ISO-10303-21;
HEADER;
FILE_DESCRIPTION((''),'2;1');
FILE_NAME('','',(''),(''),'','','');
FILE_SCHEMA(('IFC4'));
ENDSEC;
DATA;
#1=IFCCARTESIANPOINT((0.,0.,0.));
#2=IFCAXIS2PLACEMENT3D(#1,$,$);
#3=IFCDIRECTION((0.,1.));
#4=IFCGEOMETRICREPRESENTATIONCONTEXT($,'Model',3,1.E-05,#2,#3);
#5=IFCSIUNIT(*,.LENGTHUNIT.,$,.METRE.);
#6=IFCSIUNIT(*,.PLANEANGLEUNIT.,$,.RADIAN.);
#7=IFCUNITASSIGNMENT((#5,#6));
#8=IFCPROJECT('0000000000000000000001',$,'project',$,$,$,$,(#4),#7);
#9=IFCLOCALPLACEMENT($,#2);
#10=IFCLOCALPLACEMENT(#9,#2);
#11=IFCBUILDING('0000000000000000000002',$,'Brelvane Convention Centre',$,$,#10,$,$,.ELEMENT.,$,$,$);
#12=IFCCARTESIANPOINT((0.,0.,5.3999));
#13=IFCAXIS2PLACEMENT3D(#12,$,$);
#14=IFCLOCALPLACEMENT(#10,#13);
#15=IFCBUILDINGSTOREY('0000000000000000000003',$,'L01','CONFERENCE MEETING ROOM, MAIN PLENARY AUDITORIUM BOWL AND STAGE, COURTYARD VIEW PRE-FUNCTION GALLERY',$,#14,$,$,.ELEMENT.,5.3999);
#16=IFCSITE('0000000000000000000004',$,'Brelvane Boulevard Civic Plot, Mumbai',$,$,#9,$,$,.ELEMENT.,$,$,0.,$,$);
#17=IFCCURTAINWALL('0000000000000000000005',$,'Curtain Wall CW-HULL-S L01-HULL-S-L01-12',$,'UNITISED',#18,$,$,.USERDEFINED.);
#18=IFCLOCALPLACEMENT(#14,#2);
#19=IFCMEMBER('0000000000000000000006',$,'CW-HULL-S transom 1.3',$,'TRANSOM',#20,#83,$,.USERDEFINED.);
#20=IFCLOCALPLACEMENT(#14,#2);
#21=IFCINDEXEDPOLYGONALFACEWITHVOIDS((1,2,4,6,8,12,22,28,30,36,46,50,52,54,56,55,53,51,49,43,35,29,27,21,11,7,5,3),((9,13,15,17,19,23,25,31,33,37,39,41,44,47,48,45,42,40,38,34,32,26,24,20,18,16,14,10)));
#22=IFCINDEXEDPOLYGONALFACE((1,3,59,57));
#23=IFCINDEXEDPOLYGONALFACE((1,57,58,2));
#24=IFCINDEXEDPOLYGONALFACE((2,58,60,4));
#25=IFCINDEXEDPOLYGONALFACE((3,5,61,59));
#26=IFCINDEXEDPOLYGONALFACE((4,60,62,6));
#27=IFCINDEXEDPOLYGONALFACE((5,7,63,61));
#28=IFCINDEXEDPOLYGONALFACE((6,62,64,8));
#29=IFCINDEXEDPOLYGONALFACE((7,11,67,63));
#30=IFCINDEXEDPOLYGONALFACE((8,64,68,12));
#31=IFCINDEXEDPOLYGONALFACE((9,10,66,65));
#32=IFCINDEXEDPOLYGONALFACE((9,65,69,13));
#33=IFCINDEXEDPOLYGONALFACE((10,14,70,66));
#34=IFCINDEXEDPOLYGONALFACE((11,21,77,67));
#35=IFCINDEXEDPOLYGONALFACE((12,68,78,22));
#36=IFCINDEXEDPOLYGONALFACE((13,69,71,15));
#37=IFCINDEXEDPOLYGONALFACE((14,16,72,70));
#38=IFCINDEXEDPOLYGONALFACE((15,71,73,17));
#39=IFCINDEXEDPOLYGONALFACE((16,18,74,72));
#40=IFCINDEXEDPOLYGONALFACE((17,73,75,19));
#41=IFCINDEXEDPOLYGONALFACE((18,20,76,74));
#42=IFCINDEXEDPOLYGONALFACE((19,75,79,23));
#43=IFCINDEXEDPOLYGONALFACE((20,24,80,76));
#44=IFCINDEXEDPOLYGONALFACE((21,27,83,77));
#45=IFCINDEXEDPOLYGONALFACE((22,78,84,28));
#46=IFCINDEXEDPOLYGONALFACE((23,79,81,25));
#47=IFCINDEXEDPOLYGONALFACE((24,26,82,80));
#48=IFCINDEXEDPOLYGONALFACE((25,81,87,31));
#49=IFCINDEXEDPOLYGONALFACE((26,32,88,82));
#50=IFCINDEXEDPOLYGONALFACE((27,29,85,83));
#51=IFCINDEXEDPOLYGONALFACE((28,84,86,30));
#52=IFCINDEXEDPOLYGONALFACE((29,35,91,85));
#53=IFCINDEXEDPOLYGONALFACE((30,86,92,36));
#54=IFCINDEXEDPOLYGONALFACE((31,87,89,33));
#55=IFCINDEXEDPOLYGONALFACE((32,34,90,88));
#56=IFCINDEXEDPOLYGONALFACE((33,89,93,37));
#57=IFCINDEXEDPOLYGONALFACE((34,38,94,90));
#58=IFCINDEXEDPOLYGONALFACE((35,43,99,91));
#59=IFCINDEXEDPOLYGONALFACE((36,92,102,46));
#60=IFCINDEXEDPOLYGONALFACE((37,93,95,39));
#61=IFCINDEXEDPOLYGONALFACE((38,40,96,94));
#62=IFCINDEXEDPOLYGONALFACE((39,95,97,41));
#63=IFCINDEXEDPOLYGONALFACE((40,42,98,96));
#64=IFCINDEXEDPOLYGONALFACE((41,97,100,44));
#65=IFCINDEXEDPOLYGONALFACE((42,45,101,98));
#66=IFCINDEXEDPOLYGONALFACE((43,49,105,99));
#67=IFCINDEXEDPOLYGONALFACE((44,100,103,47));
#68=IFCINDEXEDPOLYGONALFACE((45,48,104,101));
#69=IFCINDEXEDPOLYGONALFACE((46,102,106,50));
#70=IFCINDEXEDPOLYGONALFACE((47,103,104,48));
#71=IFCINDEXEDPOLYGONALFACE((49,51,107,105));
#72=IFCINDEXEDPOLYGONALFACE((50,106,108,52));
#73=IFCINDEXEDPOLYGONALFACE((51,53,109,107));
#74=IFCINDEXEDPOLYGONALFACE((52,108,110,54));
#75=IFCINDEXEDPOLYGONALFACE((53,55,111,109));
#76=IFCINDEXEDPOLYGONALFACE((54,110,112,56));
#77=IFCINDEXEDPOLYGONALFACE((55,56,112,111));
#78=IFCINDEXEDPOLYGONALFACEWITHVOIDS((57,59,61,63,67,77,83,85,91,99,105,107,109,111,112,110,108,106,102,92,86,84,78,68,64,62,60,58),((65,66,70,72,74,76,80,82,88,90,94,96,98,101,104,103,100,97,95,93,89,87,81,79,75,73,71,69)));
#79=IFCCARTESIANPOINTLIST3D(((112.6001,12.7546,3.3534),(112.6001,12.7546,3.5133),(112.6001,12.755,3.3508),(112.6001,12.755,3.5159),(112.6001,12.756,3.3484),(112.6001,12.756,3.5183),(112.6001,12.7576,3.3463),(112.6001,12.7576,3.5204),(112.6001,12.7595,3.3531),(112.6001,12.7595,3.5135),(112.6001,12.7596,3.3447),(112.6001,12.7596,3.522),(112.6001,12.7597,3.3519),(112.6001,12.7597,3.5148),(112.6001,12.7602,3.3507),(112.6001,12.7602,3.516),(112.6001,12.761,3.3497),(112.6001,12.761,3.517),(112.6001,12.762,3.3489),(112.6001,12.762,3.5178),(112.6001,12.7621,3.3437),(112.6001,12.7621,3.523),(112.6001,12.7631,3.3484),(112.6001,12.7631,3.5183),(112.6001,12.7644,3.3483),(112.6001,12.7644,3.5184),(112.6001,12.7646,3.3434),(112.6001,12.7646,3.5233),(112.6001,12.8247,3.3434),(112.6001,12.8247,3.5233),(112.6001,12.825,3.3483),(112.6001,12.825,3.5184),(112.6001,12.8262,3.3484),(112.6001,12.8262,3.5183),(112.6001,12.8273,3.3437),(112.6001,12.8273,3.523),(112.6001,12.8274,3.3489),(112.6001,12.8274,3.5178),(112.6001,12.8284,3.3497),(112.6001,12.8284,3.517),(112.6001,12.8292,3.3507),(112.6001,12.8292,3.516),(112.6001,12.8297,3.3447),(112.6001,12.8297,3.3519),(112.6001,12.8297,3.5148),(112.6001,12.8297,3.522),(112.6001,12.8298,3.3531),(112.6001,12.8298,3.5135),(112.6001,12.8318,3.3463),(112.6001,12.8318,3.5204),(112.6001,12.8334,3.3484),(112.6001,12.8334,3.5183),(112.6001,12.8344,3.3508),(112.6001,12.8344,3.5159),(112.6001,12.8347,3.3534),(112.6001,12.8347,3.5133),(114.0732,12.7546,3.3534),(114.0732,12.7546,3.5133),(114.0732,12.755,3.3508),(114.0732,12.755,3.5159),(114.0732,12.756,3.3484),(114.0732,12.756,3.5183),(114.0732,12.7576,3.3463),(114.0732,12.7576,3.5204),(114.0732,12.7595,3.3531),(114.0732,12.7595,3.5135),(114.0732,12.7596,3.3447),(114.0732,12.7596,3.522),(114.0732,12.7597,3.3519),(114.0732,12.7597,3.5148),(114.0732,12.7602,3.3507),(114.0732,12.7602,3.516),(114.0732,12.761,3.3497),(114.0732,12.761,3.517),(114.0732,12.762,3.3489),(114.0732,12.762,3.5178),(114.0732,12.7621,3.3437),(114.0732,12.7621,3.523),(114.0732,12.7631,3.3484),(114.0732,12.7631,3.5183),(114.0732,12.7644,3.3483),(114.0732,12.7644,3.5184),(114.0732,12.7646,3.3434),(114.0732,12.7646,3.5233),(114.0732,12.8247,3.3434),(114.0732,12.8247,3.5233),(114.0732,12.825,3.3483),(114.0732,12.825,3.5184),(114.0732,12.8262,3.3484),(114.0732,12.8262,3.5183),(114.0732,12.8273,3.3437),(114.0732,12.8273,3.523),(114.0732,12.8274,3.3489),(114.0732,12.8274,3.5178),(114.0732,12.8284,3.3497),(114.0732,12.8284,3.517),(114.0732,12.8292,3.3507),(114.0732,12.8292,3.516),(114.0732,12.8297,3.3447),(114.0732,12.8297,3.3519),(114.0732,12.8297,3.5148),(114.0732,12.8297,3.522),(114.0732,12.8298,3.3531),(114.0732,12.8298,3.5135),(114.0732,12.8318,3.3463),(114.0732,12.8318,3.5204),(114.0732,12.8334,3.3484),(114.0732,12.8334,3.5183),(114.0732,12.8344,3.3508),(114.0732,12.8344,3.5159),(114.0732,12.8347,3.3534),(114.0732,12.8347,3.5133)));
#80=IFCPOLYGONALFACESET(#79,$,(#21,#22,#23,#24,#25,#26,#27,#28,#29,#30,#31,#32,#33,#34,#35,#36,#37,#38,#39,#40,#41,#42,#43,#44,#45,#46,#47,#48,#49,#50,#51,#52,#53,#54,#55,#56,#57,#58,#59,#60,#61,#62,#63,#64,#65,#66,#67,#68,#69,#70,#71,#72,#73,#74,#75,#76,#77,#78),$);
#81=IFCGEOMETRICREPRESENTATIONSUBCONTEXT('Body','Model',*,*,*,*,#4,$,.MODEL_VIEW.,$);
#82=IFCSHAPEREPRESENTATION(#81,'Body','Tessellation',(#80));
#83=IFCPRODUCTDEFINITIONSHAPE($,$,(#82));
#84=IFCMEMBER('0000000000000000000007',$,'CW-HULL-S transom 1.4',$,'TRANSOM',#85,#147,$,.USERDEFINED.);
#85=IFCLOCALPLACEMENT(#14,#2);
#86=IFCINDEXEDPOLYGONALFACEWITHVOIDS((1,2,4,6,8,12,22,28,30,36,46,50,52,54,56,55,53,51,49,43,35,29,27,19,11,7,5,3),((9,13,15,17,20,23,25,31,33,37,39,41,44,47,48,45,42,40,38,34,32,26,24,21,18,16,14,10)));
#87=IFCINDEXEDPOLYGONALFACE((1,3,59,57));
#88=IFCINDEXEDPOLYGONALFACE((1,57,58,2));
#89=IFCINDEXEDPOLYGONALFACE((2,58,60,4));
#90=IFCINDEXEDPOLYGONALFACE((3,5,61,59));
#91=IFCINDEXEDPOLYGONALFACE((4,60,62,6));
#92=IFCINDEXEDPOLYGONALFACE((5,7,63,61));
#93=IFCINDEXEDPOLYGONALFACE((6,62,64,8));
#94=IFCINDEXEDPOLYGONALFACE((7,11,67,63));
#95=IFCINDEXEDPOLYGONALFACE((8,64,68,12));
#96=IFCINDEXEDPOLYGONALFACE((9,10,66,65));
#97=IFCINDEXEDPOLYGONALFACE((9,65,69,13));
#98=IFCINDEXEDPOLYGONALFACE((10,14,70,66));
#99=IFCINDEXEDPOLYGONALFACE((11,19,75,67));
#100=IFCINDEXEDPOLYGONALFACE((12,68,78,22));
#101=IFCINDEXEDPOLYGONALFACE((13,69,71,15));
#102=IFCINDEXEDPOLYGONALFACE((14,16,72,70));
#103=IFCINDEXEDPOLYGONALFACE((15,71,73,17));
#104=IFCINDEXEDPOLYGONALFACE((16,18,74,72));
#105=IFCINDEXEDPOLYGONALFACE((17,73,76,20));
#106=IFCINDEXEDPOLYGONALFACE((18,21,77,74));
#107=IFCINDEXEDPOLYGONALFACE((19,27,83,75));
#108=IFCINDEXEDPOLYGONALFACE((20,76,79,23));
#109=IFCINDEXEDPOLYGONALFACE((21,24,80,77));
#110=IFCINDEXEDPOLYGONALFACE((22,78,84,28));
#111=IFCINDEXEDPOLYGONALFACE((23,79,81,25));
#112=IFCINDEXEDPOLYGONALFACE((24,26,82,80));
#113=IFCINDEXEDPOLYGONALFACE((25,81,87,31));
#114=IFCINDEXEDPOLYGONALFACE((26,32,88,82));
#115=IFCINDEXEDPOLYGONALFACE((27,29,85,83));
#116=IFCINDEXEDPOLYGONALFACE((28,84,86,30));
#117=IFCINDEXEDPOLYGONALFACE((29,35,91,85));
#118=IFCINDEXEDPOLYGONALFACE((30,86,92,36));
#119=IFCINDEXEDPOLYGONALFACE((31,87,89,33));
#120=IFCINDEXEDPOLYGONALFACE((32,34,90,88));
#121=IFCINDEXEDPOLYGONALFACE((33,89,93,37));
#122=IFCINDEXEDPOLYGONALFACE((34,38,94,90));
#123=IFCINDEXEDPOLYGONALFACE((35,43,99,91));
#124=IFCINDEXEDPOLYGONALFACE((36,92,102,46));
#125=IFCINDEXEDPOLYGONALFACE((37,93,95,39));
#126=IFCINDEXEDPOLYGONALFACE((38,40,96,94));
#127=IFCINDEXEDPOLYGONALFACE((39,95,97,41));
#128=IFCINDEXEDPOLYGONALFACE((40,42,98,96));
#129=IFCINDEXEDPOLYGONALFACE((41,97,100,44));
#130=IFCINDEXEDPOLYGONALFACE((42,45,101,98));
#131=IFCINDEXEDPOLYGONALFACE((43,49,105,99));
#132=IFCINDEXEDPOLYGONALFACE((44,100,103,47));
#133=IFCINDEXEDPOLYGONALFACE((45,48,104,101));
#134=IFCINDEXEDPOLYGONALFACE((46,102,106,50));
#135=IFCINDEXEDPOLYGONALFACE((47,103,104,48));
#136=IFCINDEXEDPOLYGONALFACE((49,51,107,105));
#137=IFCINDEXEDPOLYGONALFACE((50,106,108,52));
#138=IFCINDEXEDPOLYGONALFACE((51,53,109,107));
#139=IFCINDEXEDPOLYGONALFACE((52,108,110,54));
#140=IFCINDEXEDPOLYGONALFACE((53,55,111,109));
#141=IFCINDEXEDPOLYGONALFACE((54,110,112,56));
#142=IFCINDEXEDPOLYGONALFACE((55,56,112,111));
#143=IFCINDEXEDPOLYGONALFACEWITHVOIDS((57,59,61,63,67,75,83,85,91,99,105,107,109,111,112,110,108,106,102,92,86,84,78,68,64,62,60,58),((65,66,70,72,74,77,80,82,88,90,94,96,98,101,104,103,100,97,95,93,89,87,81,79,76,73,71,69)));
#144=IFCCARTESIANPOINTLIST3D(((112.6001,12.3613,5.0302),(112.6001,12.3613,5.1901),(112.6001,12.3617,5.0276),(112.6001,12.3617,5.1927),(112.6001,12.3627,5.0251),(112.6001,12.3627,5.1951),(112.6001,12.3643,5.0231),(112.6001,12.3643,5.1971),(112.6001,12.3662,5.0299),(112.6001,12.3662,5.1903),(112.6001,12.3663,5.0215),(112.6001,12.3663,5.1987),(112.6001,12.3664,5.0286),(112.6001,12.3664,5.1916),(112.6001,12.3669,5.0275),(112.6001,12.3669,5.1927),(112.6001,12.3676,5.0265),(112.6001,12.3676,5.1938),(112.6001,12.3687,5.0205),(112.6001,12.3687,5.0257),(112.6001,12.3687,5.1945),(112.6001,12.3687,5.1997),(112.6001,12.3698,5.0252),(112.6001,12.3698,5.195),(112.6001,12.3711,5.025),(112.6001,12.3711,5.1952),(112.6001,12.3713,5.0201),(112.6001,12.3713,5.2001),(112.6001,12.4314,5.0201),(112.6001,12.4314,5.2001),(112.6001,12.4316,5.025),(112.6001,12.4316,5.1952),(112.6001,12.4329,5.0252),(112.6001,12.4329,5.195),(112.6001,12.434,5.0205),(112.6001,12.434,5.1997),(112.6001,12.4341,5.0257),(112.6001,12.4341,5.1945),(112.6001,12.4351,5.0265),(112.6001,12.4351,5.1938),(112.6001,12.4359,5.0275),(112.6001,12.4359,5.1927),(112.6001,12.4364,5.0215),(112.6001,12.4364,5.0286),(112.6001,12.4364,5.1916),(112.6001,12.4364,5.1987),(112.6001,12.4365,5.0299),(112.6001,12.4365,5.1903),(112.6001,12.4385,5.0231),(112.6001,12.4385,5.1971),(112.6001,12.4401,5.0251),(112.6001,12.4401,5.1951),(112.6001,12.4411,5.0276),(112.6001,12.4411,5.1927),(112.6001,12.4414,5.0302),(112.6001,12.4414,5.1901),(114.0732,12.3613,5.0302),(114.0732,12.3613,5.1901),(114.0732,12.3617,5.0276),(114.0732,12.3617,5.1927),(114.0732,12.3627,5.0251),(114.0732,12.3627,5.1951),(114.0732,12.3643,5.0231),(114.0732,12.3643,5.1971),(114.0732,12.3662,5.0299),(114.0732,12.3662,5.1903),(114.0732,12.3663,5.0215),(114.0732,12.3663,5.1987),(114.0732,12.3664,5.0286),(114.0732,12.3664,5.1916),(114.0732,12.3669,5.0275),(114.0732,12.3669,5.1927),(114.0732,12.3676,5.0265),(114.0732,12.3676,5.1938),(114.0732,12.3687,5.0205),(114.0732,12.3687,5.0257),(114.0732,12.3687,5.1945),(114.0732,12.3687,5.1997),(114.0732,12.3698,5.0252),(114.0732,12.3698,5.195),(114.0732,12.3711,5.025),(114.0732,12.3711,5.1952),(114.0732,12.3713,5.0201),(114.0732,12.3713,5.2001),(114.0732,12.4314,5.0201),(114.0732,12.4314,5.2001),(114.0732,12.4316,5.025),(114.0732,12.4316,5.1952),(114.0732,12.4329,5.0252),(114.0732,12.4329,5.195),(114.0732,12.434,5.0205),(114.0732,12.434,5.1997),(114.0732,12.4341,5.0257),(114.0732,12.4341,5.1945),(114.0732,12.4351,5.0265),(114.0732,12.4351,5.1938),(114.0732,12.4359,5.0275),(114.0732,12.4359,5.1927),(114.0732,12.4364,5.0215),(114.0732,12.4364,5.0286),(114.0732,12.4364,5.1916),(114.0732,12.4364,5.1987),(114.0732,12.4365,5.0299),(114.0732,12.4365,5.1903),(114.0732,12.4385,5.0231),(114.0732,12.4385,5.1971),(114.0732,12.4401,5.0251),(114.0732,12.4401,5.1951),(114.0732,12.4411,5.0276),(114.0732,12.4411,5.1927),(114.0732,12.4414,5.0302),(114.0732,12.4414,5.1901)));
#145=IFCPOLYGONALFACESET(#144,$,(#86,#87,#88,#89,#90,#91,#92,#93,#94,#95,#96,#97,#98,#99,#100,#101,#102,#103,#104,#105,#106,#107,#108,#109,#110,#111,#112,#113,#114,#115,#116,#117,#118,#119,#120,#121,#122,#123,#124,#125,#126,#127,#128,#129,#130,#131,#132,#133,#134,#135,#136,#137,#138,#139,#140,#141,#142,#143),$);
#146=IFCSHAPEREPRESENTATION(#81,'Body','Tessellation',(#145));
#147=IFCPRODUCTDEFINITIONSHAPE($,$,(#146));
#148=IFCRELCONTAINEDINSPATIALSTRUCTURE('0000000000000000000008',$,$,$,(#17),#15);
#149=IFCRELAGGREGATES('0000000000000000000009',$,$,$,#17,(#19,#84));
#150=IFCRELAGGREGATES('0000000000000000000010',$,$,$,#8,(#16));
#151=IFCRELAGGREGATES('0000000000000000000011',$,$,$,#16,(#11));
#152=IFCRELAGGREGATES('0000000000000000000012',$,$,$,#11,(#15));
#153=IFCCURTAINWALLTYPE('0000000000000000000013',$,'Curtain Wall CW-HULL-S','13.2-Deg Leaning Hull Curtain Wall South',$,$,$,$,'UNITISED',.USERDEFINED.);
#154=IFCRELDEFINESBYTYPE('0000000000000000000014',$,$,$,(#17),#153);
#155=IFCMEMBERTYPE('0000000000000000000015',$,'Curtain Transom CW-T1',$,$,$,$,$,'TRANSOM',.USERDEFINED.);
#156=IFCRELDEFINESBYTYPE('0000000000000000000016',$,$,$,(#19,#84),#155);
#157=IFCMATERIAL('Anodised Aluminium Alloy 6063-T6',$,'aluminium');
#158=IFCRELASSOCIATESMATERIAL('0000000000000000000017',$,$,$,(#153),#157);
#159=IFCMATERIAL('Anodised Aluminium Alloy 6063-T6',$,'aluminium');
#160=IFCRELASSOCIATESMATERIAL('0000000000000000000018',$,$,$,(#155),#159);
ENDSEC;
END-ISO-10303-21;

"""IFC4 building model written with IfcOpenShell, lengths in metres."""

from ifc_helpers import new_model, si_unit, direction, frame, origin, origin_2d, place, context, subcontext, project, spatial, hollow_rectangle, extrude, material, material_profile, profile_set, type_object, element, aggregate, save


model = new_model("IFC4")

# Units and contexts
model_context = context("Model", 3, precision=1e-05, world=origin(), true_north=direction((0.0, 1.0)))
body_context = subcontext(model_context, "Body", "Model", "MODEL_VIEW")
ifc_project = project(units=[si_unit("LENGTHUNIT", "METRE"), si_unit("PLANEANGLEUNIT", "RADIAN")], contexts=[model_context])

# Site, building, storey
site_placement = place(None, origin())
site = spatial("IfcSite", under=ifc_project, at=site_placement, Name="Brelvane Boulevard Civic Plot, Mumbai", CompositionType="ELEMENT", RefElevation=0.0)
building_placement = place(site_placement, origin())
building = spatial("IfcBuilding", under=site, at=building_placement, Name="Brelvane Convention Centre", CompositionType="ELEMENT")
storey_placement = place(building_placement, frame((0.0, 0.0, 5.3999)))
storey = spatial("IfcBuildingStorey", under=building, at=storey_placement, Name="L01", Description="CONFERENCE MEETING ROOM, MAIN PLENARY AUDITORIUM BOWL AND STAGE, COURTYARD VIEW PRE-FUNCTION GALLERY", CompositionType="ELEMENT", Elevation=5.3999)

# Curtain wall, members
ifc_material_1 = material(Name="Anodised Aluminium Alloy 6063-T6", Category="aluminium")
curtain_wall_type = type_object("IfcCurtainWallType", Name="Curtain Wall CW-HULL-S", Description="13.2-Deg Leaning Hull Curtain Wall South", ElementType="UNITISED", PredefinedType="USERDEFINED", material=ifc_material_1)
ifc_material_2 = material(Name="Anodised Aluminium Alloy 6063-T6", Category="aluminium")
ifc_material_profile = material_profile(ifc_material_2, hollow_rectangle(XDim=0.0801, YDim=0.1799, WallThickness=0.0049, InnerFilletRadius=0.0049, OuterFilletRadius=0.01, at=origin_2d()), Name="ALU-T 180x80x5.0")
ifc_profile_set = profile_set([ifc_material_profile], Name="Anodised Aluminium Alloy 6063-T6")
member_type = type_object("IfcMemberType", Name="Curtain Transom CW-T1", ElementType="TRANSOM", PredefinedType="USERDEFINED", material=ifc_profile_set)
curtain_wall_1_placement = place(storey_placement, origin())
curtain_wall_1 = element("IfcCurtainWall", 1, at=curtain_wall_1_placement, inside=storey, type_object=curtain_wall_type, Name="Curtain Wall CW-HULL-S L01-HULL-S-L01-12", ObjectType="UNITISED", PredefinedType="USERDEFINED")
member_1_placement = place(storey_placement, frame((112.6001, 12.7947, 3.4333), z_axis=(1.0, 0.0, 0.0), x_axis=(0.0, 1.0, 0.0)))
member_1 = element("IfcMember", 2, at=member_1_placement, type_object=member_type, Name="CW-HULL-S transom 1.3", ObjectType="TRANSOM", PredefinedType="USERDEFINED", context=body_context, shape_type="SweptSolid", body=[
    extrude(hollow_rectangle(XDim=0.0801, YDim=0.1799, WallThickness=0.0049, InnerFilletRadius=0.0049, OuterFilletRadius=0.01, at=origin_2d()), origin(), (0.0, 0.0, 1.0), 1.4731),
])
member_2_placement = place(storey_placement, frame((112.6001, 12.4014, 5.1101), z_axis=(1.0, 0.0, 0.0), x_axis=(0.0, 1.0, 0.0)))
member_2 = element("IfcMember", 3, at=member_2_placement, type_object=member_type, Name="CW-HULL-S transom 1.4", ObjectType="TRANSOM", PredefinedType="USERDEFINED", context=body_context, shape_type="SweptSolid", body=[
    extrude(hollow_rectangle(XDim=0.0801, YDim=0.1799, WallThickness=0.0049, InnerFilletRadius=0.0049, OuterFilletRadius=0.01, at=origin_2d()), origin(), (0.0, 0.0, 1.0), 1.4731),
])

aggregate(curtain_wall_1, [member_1, member_2])

save(model, "model.ifc")
